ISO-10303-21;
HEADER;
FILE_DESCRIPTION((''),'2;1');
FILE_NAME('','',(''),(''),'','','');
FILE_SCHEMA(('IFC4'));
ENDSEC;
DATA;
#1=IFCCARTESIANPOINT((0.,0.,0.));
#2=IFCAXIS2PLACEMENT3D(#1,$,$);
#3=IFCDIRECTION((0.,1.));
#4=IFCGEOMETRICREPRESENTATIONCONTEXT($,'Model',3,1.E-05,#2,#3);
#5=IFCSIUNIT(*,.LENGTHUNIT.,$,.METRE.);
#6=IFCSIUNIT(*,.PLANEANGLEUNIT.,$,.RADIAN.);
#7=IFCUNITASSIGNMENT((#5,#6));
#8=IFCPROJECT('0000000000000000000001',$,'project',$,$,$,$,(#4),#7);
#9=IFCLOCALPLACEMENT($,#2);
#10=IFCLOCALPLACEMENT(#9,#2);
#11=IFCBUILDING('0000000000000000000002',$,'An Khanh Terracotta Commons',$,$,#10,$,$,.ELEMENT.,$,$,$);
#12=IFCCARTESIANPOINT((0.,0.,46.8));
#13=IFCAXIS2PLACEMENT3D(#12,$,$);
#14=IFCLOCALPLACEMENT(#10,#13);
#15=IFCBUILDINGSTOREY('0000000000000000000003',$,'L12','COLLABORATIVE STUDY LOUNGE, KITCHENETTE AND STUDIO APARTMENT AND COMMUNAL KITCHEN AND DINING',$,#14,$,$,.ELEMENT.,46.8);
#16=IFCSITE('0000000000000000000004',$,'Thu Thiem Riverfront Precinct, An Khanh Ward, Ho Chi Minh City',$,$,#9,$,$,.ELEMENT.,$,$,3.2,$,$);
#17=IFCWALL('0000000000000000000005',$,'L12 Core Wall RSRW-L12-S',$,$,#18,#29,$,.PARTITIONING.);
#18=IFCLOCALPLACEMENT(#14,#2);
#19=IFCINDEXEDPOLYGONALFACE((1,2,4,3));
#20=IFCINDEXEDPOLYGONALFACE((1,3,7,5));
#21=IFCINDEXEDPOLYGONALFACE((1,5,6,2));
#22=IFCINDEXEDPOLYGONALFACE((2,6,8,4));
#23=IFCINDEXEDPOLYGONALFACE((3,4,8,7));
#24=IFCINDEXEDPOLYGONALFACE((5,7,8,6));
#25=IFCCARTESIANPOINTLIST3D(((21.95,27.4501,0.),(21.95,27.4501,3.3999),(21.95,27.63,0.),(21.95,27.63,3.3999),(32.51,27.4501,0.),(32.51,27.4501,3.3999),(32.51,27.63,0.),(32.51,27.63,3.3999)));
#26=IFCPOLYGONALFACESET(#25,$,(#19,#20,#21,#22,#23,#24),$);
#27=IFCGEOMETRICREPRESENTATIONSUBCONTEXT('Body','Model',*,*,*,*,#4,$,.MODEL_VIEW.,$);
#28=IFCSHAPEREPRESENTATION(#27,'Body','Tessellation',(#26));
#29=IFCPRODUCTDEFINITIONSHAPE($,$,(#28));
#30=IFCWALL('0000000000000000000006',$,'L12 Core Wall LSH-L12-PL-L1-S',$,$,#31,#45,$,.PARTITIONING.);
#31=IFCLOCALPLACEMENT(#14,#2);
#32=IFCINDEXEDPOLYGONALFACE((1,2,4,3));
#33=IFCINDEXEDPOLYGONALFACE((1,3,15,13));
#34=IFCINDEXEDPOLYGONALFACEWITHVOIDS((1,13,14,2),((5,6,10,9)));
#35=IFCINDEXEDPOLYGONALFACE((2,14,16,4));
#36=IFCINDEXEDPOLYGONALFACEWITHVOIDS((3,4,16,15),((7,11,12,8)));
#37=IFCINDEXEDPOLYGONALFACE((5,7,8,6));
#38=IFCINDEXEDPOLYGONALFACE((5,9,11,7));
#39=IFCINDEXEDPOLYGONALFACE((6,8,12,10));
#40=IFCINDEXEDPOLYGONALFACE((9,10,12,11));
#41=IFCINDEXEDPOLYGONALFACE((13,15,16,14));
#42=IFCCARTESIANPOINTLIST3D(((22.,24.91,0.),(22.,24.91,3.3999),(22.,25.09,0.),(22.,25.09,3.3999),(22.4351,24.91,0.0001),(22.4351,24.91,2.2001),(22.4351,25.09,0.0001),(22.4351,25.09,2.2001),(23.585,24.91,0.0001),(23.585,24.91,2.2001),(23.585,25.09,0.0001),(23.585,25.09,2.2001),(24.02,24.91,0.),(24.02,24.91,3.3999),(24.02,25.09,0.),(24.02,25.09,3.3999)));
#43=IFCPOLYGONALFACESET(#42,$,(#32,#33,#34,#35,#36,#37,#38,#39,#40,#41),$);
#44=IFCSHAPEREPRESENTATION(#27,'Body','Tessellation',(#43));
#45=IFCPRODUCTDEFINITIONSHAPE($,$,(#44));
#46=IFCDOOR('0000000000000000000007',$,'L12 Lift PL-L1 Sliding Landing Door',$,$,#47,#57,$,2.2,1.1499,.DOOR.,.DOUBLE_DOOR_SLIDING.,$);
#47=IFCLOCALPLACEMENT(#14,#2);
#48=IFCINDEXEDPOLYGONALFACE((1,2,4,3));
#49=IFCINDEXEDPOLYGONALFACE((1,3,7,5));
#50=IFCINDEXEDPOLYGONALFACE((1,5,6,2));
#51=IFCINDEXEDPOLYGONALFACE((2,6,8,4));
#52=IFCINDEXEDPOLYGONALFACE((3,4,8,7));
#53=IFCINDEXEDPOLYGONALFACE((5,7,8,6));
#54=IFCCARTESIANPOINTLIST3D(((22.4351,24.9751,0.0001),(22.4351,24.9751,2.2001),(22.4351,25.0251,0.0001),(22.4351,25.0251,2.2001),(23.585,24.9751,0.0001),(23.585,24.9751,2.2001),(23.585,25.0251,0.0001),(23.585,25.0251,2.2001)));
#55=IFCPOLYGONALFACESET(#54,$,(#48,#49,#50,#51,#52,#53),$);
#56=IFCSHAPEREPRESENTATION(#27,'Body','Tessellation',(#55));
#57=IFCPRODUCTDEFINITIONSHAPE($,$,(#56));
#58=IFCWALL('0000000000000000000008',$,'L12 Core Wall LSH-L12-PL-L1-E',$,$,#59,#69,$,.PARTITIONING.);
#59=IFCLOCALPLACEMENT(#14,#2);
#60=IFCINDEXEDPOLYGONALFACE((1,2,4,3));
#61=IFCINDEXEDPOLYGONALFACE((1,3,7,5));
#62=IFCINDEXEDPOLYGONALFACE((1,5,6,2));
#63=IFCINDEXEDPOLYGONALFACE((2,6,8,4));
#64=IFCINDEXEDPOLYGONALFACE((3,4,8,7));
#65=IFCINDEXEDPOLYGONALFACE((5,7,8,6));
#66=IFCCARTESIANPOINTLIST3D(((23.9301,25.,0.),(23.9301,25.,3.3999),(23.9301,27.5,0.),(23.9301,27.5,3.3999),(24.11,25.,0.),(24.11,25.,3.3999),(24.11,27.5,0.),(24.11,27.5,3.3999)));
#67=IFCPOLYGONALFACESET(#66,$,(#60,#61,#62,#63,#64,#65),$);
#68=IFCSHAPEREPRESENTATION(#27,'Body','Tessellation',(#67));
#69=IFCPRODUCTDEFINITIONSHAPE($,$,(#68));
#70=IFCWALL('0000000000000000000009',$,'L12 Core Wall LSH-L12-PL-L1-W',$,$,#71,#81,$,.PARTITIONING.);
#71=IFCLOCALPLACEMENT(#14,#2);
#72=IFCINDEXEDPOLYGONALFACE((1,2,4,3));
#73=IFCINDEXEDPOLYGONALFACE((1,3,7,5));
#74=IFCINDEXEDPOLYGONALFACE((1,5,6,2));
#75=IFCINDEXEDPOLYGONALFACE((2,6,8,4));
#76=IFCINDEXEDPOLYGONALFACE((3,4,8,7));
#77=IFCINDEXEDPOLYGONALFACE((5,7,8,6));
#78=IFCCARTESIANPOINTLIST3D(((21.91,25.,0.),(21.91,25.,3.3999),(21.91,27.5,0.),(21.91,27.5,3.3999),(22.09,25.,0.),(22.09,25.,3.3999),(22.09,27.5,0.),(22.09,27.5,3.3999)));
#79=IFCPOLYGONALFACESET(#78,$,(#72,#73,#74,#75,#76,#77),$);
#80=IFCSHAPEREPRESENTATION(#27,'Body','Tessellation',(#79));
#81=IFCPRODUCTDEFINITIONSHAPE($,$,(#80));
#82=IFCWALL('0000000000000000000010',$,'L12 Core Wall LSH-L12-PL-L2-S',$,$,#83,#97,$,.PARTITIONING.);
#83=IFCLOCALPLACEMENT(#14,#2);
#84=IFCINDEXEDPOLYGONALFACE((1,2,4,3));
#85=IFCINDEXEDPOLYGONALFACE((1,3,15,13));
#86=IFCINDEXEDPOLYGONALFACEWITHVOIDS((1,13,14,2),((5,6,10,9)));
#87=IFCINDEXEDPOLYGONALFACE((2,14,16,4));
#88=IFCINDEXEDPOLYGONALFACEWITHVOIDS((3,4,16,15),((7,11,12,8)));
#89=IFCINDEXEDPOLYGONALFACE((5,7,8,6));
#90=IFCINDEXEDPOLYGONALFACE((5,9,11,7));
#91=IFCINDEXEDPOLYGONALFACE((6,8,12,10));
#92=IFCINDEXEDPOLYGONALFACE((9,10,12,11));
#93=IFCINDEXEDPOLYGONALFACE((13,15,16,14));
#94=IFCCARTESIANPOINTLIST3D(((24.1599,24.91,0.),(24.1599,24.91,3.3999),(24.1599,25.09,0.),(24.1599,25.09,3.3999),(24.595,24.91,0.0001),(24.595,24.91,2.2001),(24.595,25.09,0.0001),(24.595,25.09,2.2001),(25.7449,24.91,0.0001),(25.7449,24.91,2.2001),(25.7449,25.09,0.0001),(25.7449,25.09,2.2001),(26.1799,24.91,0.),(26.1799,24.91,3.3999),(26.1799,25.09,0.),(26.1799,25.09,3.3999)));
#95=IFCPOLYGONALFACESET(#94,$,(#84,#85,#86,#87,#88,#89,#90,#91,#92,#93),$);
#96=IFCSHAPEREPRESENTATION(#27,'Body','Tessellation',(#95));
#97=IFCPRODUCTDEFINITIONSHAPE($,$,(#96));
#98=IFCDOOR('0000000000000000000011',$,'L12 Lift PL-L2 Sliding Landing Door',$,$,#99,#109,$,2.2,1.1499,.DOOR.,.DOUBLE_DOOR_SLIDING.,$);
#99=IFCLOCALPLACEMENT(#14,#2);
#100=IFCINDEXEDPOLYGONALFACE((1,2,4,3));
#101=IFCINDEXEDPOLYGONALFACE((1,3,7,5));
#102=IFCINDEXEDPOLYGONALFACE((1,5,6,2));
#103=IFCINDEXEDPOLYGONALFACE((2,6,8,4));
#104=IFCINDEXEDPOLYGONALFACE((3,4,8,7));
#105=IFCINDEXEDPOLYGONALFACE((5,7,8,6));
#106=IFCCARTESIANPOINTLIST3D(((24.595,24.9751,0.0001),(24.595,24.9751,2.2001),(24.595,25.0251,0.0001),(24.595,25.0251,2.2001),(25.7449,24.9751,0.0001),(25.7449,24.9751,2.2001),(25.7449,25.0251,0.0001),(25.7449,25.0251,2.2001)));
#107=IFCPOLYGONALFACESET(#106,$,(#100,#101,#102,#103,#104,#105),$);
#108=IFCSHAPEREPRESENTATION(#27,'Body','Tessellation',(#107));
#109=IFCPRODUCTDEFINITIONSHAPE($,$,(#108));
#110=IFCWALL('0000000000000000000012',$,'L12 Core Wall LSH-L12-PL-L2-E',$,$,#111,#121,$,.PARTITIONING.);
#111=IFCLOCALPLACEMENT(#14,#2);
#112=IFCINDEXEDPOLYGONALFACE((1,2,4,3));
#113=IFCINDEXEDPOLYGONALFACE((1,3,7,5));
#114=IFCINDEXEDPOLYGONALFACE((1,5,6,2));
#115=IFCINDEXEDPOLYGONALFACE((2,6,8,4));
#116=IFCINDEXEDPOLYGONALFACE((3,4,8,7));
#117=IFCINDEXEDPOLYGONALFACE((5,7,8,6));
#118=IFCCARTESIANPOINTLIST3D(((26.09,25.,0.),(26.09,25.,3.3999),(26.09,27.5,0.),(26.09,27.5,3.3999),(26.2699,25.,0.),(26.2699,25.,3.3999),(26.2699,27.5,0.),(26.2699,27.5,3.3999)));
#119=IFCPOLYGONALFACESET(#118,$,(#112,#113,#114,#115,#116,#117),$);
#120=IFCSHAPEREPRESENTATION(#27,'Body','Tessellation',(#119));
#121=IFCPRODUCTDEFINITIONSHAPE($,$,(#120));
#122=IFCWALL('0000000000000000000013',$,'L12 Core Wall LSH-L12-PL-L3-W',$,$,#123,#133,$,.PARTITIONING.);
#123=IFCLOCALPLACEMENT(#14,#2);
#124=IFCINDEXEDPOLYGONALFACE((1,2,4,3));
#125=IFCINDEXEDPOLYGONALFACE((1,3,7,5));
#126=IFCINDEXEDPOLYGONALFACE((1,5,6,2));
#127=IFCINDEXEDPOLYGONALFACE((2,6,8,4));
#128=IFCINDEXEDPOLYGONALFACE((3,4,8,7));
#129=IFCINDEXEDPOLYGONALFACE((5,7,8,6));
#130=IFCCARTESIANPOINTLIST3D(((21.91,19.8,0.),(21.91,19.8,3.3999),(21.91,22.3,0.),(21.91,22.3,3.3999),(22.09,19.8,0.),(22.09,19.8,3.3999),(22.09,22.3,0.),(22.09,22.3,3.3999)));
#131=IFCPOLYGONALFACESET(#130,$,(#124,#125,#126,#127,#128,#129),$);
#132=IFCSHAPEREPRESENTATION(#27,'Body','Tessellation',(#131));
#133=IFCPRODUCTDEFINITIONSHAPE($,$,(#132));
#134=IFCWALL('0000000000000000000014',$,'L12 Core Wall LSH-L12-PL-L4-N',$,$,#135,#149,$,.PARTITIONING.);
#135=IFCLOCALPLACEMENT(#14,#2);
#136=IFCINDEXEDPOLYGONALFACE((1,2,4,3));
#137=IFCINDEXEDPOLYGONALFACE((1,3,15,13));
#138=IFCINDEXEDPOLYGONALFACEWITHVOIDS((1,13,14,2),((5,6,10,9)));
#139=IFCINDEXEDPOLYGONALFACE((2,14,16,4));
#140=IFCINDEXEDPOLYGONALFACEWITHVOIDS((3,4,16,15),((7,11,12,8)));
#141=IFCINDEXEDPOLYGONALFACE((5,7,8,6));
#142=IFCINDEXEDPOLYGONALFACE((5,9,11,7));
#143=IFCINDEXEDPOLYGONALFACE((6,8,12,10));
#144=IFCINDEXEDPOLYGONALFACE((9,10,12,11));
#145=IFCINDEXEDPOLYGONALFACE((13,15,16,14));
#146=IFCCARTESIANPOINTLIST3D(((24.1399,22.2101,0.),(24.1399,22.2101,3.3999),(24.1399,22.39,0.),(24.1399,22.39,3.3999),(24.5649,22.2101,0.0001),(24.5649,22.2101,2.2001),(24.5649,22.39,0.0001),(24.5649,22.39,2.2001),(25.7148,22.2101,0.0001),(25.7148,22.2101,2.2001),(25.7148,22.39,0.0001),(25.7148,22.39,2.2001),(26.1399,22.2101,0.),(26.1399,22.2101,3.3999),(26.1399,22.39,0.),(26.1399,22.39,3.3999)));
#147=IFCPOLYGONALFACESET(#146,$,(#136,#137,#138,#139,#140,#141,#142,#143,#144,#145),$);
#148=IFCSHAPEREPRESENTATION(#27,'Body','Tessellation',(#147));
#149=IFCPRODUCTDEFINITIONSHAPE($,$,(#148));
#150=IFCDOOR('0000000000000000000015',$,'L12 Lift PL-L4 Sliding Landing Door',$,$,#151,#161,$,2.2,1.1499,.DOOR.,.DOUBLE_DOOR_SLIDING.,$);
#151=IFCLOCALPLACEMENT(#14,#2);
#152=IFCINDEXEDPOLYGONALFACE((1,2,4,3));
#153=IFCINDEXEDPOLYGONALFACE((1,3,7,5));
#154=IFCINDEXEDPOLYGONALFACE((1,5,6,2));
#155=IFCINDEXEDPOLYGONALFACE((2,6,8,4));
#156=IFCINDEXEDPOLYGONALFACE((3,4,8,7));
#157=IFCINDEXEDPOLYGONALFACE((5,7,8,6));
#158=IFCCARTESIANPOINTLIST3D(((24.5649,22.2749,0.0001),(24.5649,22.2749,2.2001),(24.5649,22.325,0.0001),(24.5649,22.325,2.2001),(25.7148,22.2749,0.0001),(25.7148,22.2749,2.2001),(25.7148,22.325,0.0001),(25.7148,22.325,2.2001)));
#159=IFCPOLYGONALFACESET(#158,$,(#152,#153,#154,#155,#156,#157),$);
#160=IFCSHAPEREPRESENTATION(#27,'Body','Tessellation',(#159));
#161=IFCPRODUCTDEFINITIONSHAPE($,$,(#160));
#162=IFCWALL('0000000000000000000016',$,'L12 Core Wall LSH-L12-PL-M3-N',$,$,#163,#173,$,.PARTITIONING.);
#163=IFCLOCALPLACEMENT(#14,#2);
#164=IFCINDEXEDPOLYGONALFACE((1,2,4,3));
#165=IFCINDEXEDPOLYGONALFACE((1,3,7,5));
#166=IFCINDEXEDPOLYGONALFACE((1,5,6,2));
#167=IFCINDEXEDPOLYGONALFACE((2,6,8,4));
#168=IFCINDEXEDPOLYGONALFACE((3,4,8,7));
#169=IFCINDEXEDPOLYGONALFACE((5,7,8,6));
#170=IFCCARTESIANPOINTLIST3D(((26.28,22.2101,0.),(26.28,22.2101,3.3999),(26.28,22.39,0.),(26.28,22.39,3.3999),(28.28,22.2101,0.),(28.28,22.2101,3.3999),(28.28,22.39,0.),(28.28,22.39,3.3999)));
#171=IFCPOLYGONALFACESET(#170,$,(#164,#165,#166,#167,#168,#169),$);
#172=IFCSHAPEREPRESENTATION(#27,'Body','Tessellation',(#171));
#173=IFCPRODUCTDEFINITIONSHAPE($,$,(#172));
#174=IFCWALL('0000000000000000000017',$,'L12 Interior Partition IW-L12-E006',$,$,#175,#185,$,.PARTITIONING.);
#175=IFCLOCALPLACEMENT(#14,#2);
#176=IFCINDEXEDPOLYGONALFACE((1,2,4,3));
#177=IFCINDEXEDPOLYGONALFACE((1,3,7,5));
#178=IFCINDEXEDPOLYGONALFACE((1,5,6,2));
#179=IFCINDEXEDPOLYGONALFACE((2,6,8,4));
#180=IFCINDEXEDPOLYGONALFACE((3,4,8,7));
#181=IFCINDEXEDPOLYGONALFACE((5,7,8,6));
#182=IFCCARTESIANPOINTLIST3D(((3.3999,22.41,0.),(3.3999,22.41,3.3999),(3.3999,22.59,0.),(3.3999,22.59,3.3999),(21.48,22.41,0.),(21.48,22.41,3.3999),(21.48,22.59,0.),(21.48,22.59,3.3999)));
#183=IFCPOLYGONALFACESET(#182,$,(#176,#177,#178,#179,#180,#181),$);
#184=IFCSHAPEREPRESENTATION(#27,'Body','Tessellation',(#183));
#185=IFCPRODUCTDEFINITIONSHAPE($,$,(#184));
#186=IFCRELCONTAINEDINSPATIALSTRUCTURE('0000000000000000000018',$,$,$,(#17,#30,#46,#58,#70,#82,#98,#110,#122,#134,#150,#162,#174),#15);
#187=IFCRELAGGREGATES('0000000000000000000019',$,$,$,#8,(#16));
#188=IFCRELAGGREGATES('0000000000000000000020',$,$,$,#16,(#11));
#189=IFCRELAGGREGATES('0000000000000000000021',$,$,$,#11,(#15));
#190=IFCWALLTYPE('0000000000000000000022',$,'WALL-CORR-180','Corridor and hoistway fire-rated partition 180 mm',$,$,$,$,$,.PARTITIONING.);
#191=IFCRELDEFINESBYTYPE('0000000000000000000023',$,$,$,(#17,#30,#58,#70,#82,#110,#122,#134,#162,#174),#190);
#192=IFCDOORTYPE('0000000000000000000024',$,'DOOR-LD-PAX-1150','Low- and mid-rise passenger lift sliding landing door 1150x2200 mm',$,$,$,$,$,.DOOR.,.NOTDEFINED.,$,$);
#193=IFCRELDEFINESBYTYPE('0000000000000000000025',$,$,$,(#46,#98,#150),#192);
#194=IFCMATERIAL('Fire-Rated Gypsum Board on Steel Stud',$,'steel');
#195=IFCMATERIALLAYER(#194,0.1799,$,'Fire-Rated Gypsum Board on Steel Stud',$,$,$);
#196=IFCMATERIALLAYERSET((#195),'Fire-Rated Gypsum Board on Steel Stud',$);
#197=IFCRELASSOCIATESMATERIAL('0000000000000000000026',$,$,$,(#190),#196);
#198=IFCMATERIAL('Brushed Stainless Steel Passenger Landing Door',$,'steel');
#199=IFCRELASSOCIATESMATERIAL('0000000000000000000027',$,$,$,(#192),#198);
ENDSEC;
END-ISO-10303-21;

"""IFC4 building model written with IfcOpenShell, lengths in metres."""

from ifc_helpers import new_model, si_unit, direction, frame, frame_2d, origin, place, context, subcontext, project, spatial, rectangle, extrude, material, layer, layer_set, type_object, element, fill, save


model = new_model("IFC4")

# Units and contexts
model_context = context("Model", 3, precision=1e-05, world=origin(), true_north=direction((0.0, 1.0)))
body_context = subcontext(model_context, "Body", "Model", "MODEL_VIEW")
ifc_project = project(units=[si_unit("LENGTHUNIT", "METRE"), si_unit("PLANEANGLEUNIT", "RADIAN")], contexts=[model_context])

# Site, building, storey
site_placement = place(None, origin())
site = spatial("IfcSite", under=ifc_project, at=site_placement, Name="Thu Thiem Riverfront Precinct, An Khanh Ward, Ho Chi Minh City", CompositionType="ELEMENT", RefElevation=3.2)
building_placement = place(site_placement, origin())
building = spatial("IfcBuilding", under=site, at=building_placement, Name="An Khanh Terracotta Commons", CompositionType="ELEMENT")
storey_placement = place(building_placement, frame((0.0, 0.0, 46.8)))
storey = spatial("IfcBuildingStorey", under=building, at=storey_placement, Name="L12", Description="COLLABORATIVE STUDY LOUNGE, KITCHENETTE AND STUDIO APARTMENT AND COMMUNAL KITCHEN AND DINING", CompositionType="ELEMENT", Elevation=46.8)

# Wall
ifc_material_1 = material(Name="Fire-Rated Gypsum Board on Steel Stud", Category="steel")
ifc_layer_1 = layer(ifc_material_1, 0.1799, Name="Fire-Rated Gypsum Board on Steel Stud")
ifc_layer_set_1 = layer_set([ifc_layer_1], Name="Fire-Rated Gypsum Board on Steel Stud")
wall_type_1 = type_object("IfcWallType", Name="WALL-CORR-180", Description="Corridor and hoistway fire-rated partition 180 mm", PredefinedType="PARTITIONING", material=ifc_layer_set_1)
wall_1_placement = place(storey_placement, frame((21.95, 27.54, 0.0), z_axis=(0.0, 0.0, 1.0), x_axis=(1.0, 0.0, 0.0)))
element("IfcWall", 1, at=wall_1_placement, inside=storey, type_object=wall_type_1, Name="L12 Core Wall RSRW-L12-S", PredefinedType="PARTITIONING", context=body_context, shape_type="SweptSolid", body=[
    extrude(rectangle(XDim=10.5601, YDim=0.1799, at=frame_2d((5.28, 0.0))), origin(), (0.0, 0.0, 1.0), 3.3999),
])

# Wall, opening, door
wall_2_placement = place(storey_placement, frame((24.02, 25.0, 0.0), z_axis=(0.0, 0.0, 1.0), x_axis=(-1.0, 0.0, 0.0)))
wall_2 = element("IfcWall", 2, at=wall_2_placement, inside=storey, type_object=wall_type_1, Name="L12 Core Wall LSH-L12-PL-L1-S", PredefinedType="PARTITIONING", context=body_context, shape_type="SweptSolid", body=[
    extrude(rectangle(XDim=2.02, YDim=0.1799, at=frame_2d((1.01, 0.0))), origin(), (0.0, 0.0, 1.0), 3.3999),
])
opening_1_placement = place(wall_2_placement, frame((0.4351, 0.0, 0.0)))
opening_1 = element("IfcOpeningElement", 3, at=opening_1_placement, cuts=wall_2, PredefinedType="OPENING", context=body_context, shape_type="SweptSolid", body=[
    extrude(rectangle(XDim=1.1499, YDim=2.2, at=frame_2d((0.575, 1.1001))), frame((0.0, 0.0999, 0.0), z_axis=(0.0, -1.0, 0.0), x_axis=(1.0, 0.0, 0.0)), (0.0, 0.0, 1.0), 0.2),
])
ifc_material_2 = material(Name="Brushed Stainless Steel Passenger Landing Door", Category="steel")
door_type_1 = type_object("IfcDoorType", Name="DOOR-LD-PAX-1150", Description="Low- and mid-rise passenger lift sliding landing door 1150x2200 mm", OperationType="NOTDEFINED", PredefinedType="DOOR", material=ifc_material_2)
door_1_placement = place(opening_1_placement, origin())
door_1 = element("IfcDoor", 4, at=door_1_placement, inside=storey, type_object=door_type_1, Name="L12 Lift PL-L1 Sliding Landing Door", OperationType="DOUBLE_DOOR_SLIDING", OverallHeight=2.2, OverallWidth=1.1499, PredefinedType="DOOR", context=body_context, shape_type="SweptSolid", body=[
    extrude(rectangle(XDim=1.1499, YDim=2.2, at=frame_2d((0.575, 1.1001))), frame((0.0, 0.0249, 0.0), z_axis=(0.0, -1.0, 0.0), x_axis=(1.0, 0.0, 0.0)), (0.0, 0.0, 1.0), 0.05),
])
fill(opening_1, door_1)

# Walls
for number, where, z_axis, x_axis, name in (
    (5, (24.02, 25.0, 0.0), (0.0, 0.0, 1.0), (0.0, 1.0, 0.0), "L12 Core Wall LSH-L12-PL-L1-E"),
    (6, (22.0, 27.5, 0.0), (0.0, 0.0, 1.0), (0.0, -1.0, 0.0), "L12 Core Wall LSH-L12-PL-L1-W"),
):
    element("IfcWall", number, at=place(storey_placement, frame(where, z_axis=z_axis, x_axis=x_axis)), inside=storey, type_object=wall_type_1, Name=name, PredefinedType="PARTITIONING", context=body_context, shape_type="SweptSolid", body=[
        extrude(rectangle(XDim=2.5, YDim=0.1799, at=frame_2d((1.25, 0.0))), origin(), (0.0, 0.0, 1.0), 3.3999),
    ])

# Wall, opening, door
wall_3_placement = place(storey_placement, frame((26.1799, 25.0, 0.0), z_axis=(0.0, 0.0, 1.0), x_axis=(-1.0, 0.0, 0.0)))
wall_3 = element("IfcWall", 7, at=wall_3_placement, inside=storey, type_object=wall_type_1, Name="L12 Core Wall LSH-L12-PL-L2-S", PredefinedType="PARTITIONING", context=body_context, shape_type="SweptSolid", body=[
    extrude(rectangle(XDim=2.02, YDim=0.1799, at=frame_2d((1.01, 0.0))), origin(), (0.0, 0.0, 1.0), 3.3999),
])
opening_2_placement = place(wall_3_placement, frame((0.4351, 0.0, 0.0)))
opening_2 = element("IfcOpeningElement", 8, at=opening_2_placement, cuts=wall_3, PredefinedType="OPENING", context=body_context, shape_type="SweptSolid", body=[
    extrude(rectangle(XDim=1.1499, YDim=2.2, at=frame_2d((0.575, 1.1001))), frame((0.0, 0.0999, 0.0), z_axis=(0.0, -1.0, 0.0), x_axis=(1.0, 0.0, 0.0)), (0.0, 0.0, 1.0), 0.2),
])
door_2_placement = place(opening_2_placement, origin())
door_2 = element("IfcDoor", 9, at=door_2_placement, inside=storey, type_object=door_type_1, Name="L12 Lift PL-L2 Sliding Landing Door", OperationType="DOUBLE_DOOR_SLIDING", OverallHeight=2.2, OverallWidth=1.1499, PredefinedType="DOOR", context=body_context, shape_type="SweptSolid", body=[
    extrude(rectangle(XDim=1.1499, YDim=2.2, at=frame_2d((0.575, 1.1001))), frame((0.0, 0.0249, 0.0), z_axis=(0.0, -1.0, 0.0), x_axis=(1.0, 0.0, 0.0)), (0.0, 0.0, 1.0), 0.05),
])
fill(opening_2, door_2)

# Walls
for number, where, z_axis, x_axis, name in (
    (10, (26.1799, 25.0, 0.0), (0.0, 0.0, 1.0), (0.0, 1.0, 0.0), "L12 Core Wall LSH-L12-PL-L2-E"),
    (11, (22.0, 22.3, 0.0), (0.0, 0.0, 1.0), (0.0, -1.0, 0.0), "L12 Core Wall LSH-L12-PL-L3-W"),
):
    element("IfcWall", number, at=place(storey_placement, frame(where, z_axis=z_axis, x_axis=x_axis)), inside=storey, type_object=wall_type_1, Name=name, PredefinedType="PARTITIONING", context=body_context, shape_type="SweptSolid", body=[
        extrude(rectangle(XDim=2.5, YDim=0.1799, at=frame_2d((1.25, 0.0))), origin(), (0.0, 0.0, 1.0), 3.3999),
    ])

# Wall, opening, door
wall_4_placement = place(storey_placement, frame((24.1399, 22.3, 0.0), z_axis=(0.0, 0.0, 1.0), x_axis=(1.0, 0.0, 0.0)))
wall_4 = element("IfcWall", 12, at=wall_4_placement, inside=storey, type_object=wall_type_1, Name="L12 Core Wall LSH-L12-PL-L4-N", PredefinedType="PARTITIONING", context=body_context, shape_type="SweptSolid", body=[
    extrude(rectangle(XDim=2.0, YDim=0.1799, at=frame_2d((1.0, 0.0))), origin(), (0.0, 0.0, 1.0), 3.3999),
])
opening_3_placement = place(wall_4_placement, frame((0.425, 0.0, 0.0)))
opening_3 = element("IfcOpeningElement", 13, at=opening_3_placement, cuts=wall_4, PredefinedType="OPENING", context=body_context, shape_type="SweptSolid", body=[
    extrude(rectangle(XDim=1.1499, YDim=2.2, at=frame_2d((0.575, 1.1001))), frame((0.0, 0.0999, 0.0), z_axis=(0.0, -1.0, 0.0), x_axis=(1.0, 0.0, 0.0)), (0.0, 0.0, 1.0), 0.2),
])
door_3_placement = place(opening_3_placement, origin())
door_3 = element("IfcDoor", 14, at=door_3_placement, inside=storey, type_object=door_type_1, Name="L12 Lift PL-L4 Sliding Landing Door", OperationType="DOUBLE_DOOR_SLIDING", OverallHeight=2.2, OverallWidth=1.1499, PredefinedType="DOOR", context=body_context, shape_type="SweptSolid", body=[
    extrude(rectangle(XDim=1.1499, YDim=2.2, at=frame_2d((0.575, 1.1001))), frame((0.0, 0.0249, 0.0), z_axis=(0.0, -1.0, 0.0), x_axis=(1.0, 0.0, 0.0)), (0.0, 0.0, 1.0), 0.05),
])
fill(opening_3, door_3)

# Walls
wall_5_placement = place(storey_placement, frame((26.28, 22.3, 0.0), z_axis=(0.0, 0.0, 1.0), x_axis=(1.0, 0.0, 0.0)))
element("IfcWall", 15, at=wall_5_placement, inside=storey, type_object=wall_type_1, Name="L12 Core Wall LSH-L12-PL-M3-N", PredefinedType="PARTITIONING", context=body_context, shape_type="SweptSolid", body=[
    extrude(rectangle(XDim=2.0, YDim=0.1799, at=frame_2d((1.0, 0.0))), origin(), (0.0, 0.0, 1.0), 3.3999),
])
wall_6_placement = place(storey_placement, frame((3.3999, 22.5, 0.0), z_axis=(0.0, 0.0, 1.0), x_axis=(1.0, 0.0, 0.0)))
element("IfcWall", 16, at=wall_6_placement, inside=storey, type_object=wall_type_1, Name="L12 Interior Partition IW-L12-E006", PredefinedType="PARTITIONING", context=body_context, shape_type="SweptSolid", body=[
    extrude(rectangle(XDim=18.0801, YDim=0.1799, at=frame_2d((9.04, 0.0))), origin(), (0.0, 0.0, 1.0), 3.3999),
])

save(model, "model.ifc")
